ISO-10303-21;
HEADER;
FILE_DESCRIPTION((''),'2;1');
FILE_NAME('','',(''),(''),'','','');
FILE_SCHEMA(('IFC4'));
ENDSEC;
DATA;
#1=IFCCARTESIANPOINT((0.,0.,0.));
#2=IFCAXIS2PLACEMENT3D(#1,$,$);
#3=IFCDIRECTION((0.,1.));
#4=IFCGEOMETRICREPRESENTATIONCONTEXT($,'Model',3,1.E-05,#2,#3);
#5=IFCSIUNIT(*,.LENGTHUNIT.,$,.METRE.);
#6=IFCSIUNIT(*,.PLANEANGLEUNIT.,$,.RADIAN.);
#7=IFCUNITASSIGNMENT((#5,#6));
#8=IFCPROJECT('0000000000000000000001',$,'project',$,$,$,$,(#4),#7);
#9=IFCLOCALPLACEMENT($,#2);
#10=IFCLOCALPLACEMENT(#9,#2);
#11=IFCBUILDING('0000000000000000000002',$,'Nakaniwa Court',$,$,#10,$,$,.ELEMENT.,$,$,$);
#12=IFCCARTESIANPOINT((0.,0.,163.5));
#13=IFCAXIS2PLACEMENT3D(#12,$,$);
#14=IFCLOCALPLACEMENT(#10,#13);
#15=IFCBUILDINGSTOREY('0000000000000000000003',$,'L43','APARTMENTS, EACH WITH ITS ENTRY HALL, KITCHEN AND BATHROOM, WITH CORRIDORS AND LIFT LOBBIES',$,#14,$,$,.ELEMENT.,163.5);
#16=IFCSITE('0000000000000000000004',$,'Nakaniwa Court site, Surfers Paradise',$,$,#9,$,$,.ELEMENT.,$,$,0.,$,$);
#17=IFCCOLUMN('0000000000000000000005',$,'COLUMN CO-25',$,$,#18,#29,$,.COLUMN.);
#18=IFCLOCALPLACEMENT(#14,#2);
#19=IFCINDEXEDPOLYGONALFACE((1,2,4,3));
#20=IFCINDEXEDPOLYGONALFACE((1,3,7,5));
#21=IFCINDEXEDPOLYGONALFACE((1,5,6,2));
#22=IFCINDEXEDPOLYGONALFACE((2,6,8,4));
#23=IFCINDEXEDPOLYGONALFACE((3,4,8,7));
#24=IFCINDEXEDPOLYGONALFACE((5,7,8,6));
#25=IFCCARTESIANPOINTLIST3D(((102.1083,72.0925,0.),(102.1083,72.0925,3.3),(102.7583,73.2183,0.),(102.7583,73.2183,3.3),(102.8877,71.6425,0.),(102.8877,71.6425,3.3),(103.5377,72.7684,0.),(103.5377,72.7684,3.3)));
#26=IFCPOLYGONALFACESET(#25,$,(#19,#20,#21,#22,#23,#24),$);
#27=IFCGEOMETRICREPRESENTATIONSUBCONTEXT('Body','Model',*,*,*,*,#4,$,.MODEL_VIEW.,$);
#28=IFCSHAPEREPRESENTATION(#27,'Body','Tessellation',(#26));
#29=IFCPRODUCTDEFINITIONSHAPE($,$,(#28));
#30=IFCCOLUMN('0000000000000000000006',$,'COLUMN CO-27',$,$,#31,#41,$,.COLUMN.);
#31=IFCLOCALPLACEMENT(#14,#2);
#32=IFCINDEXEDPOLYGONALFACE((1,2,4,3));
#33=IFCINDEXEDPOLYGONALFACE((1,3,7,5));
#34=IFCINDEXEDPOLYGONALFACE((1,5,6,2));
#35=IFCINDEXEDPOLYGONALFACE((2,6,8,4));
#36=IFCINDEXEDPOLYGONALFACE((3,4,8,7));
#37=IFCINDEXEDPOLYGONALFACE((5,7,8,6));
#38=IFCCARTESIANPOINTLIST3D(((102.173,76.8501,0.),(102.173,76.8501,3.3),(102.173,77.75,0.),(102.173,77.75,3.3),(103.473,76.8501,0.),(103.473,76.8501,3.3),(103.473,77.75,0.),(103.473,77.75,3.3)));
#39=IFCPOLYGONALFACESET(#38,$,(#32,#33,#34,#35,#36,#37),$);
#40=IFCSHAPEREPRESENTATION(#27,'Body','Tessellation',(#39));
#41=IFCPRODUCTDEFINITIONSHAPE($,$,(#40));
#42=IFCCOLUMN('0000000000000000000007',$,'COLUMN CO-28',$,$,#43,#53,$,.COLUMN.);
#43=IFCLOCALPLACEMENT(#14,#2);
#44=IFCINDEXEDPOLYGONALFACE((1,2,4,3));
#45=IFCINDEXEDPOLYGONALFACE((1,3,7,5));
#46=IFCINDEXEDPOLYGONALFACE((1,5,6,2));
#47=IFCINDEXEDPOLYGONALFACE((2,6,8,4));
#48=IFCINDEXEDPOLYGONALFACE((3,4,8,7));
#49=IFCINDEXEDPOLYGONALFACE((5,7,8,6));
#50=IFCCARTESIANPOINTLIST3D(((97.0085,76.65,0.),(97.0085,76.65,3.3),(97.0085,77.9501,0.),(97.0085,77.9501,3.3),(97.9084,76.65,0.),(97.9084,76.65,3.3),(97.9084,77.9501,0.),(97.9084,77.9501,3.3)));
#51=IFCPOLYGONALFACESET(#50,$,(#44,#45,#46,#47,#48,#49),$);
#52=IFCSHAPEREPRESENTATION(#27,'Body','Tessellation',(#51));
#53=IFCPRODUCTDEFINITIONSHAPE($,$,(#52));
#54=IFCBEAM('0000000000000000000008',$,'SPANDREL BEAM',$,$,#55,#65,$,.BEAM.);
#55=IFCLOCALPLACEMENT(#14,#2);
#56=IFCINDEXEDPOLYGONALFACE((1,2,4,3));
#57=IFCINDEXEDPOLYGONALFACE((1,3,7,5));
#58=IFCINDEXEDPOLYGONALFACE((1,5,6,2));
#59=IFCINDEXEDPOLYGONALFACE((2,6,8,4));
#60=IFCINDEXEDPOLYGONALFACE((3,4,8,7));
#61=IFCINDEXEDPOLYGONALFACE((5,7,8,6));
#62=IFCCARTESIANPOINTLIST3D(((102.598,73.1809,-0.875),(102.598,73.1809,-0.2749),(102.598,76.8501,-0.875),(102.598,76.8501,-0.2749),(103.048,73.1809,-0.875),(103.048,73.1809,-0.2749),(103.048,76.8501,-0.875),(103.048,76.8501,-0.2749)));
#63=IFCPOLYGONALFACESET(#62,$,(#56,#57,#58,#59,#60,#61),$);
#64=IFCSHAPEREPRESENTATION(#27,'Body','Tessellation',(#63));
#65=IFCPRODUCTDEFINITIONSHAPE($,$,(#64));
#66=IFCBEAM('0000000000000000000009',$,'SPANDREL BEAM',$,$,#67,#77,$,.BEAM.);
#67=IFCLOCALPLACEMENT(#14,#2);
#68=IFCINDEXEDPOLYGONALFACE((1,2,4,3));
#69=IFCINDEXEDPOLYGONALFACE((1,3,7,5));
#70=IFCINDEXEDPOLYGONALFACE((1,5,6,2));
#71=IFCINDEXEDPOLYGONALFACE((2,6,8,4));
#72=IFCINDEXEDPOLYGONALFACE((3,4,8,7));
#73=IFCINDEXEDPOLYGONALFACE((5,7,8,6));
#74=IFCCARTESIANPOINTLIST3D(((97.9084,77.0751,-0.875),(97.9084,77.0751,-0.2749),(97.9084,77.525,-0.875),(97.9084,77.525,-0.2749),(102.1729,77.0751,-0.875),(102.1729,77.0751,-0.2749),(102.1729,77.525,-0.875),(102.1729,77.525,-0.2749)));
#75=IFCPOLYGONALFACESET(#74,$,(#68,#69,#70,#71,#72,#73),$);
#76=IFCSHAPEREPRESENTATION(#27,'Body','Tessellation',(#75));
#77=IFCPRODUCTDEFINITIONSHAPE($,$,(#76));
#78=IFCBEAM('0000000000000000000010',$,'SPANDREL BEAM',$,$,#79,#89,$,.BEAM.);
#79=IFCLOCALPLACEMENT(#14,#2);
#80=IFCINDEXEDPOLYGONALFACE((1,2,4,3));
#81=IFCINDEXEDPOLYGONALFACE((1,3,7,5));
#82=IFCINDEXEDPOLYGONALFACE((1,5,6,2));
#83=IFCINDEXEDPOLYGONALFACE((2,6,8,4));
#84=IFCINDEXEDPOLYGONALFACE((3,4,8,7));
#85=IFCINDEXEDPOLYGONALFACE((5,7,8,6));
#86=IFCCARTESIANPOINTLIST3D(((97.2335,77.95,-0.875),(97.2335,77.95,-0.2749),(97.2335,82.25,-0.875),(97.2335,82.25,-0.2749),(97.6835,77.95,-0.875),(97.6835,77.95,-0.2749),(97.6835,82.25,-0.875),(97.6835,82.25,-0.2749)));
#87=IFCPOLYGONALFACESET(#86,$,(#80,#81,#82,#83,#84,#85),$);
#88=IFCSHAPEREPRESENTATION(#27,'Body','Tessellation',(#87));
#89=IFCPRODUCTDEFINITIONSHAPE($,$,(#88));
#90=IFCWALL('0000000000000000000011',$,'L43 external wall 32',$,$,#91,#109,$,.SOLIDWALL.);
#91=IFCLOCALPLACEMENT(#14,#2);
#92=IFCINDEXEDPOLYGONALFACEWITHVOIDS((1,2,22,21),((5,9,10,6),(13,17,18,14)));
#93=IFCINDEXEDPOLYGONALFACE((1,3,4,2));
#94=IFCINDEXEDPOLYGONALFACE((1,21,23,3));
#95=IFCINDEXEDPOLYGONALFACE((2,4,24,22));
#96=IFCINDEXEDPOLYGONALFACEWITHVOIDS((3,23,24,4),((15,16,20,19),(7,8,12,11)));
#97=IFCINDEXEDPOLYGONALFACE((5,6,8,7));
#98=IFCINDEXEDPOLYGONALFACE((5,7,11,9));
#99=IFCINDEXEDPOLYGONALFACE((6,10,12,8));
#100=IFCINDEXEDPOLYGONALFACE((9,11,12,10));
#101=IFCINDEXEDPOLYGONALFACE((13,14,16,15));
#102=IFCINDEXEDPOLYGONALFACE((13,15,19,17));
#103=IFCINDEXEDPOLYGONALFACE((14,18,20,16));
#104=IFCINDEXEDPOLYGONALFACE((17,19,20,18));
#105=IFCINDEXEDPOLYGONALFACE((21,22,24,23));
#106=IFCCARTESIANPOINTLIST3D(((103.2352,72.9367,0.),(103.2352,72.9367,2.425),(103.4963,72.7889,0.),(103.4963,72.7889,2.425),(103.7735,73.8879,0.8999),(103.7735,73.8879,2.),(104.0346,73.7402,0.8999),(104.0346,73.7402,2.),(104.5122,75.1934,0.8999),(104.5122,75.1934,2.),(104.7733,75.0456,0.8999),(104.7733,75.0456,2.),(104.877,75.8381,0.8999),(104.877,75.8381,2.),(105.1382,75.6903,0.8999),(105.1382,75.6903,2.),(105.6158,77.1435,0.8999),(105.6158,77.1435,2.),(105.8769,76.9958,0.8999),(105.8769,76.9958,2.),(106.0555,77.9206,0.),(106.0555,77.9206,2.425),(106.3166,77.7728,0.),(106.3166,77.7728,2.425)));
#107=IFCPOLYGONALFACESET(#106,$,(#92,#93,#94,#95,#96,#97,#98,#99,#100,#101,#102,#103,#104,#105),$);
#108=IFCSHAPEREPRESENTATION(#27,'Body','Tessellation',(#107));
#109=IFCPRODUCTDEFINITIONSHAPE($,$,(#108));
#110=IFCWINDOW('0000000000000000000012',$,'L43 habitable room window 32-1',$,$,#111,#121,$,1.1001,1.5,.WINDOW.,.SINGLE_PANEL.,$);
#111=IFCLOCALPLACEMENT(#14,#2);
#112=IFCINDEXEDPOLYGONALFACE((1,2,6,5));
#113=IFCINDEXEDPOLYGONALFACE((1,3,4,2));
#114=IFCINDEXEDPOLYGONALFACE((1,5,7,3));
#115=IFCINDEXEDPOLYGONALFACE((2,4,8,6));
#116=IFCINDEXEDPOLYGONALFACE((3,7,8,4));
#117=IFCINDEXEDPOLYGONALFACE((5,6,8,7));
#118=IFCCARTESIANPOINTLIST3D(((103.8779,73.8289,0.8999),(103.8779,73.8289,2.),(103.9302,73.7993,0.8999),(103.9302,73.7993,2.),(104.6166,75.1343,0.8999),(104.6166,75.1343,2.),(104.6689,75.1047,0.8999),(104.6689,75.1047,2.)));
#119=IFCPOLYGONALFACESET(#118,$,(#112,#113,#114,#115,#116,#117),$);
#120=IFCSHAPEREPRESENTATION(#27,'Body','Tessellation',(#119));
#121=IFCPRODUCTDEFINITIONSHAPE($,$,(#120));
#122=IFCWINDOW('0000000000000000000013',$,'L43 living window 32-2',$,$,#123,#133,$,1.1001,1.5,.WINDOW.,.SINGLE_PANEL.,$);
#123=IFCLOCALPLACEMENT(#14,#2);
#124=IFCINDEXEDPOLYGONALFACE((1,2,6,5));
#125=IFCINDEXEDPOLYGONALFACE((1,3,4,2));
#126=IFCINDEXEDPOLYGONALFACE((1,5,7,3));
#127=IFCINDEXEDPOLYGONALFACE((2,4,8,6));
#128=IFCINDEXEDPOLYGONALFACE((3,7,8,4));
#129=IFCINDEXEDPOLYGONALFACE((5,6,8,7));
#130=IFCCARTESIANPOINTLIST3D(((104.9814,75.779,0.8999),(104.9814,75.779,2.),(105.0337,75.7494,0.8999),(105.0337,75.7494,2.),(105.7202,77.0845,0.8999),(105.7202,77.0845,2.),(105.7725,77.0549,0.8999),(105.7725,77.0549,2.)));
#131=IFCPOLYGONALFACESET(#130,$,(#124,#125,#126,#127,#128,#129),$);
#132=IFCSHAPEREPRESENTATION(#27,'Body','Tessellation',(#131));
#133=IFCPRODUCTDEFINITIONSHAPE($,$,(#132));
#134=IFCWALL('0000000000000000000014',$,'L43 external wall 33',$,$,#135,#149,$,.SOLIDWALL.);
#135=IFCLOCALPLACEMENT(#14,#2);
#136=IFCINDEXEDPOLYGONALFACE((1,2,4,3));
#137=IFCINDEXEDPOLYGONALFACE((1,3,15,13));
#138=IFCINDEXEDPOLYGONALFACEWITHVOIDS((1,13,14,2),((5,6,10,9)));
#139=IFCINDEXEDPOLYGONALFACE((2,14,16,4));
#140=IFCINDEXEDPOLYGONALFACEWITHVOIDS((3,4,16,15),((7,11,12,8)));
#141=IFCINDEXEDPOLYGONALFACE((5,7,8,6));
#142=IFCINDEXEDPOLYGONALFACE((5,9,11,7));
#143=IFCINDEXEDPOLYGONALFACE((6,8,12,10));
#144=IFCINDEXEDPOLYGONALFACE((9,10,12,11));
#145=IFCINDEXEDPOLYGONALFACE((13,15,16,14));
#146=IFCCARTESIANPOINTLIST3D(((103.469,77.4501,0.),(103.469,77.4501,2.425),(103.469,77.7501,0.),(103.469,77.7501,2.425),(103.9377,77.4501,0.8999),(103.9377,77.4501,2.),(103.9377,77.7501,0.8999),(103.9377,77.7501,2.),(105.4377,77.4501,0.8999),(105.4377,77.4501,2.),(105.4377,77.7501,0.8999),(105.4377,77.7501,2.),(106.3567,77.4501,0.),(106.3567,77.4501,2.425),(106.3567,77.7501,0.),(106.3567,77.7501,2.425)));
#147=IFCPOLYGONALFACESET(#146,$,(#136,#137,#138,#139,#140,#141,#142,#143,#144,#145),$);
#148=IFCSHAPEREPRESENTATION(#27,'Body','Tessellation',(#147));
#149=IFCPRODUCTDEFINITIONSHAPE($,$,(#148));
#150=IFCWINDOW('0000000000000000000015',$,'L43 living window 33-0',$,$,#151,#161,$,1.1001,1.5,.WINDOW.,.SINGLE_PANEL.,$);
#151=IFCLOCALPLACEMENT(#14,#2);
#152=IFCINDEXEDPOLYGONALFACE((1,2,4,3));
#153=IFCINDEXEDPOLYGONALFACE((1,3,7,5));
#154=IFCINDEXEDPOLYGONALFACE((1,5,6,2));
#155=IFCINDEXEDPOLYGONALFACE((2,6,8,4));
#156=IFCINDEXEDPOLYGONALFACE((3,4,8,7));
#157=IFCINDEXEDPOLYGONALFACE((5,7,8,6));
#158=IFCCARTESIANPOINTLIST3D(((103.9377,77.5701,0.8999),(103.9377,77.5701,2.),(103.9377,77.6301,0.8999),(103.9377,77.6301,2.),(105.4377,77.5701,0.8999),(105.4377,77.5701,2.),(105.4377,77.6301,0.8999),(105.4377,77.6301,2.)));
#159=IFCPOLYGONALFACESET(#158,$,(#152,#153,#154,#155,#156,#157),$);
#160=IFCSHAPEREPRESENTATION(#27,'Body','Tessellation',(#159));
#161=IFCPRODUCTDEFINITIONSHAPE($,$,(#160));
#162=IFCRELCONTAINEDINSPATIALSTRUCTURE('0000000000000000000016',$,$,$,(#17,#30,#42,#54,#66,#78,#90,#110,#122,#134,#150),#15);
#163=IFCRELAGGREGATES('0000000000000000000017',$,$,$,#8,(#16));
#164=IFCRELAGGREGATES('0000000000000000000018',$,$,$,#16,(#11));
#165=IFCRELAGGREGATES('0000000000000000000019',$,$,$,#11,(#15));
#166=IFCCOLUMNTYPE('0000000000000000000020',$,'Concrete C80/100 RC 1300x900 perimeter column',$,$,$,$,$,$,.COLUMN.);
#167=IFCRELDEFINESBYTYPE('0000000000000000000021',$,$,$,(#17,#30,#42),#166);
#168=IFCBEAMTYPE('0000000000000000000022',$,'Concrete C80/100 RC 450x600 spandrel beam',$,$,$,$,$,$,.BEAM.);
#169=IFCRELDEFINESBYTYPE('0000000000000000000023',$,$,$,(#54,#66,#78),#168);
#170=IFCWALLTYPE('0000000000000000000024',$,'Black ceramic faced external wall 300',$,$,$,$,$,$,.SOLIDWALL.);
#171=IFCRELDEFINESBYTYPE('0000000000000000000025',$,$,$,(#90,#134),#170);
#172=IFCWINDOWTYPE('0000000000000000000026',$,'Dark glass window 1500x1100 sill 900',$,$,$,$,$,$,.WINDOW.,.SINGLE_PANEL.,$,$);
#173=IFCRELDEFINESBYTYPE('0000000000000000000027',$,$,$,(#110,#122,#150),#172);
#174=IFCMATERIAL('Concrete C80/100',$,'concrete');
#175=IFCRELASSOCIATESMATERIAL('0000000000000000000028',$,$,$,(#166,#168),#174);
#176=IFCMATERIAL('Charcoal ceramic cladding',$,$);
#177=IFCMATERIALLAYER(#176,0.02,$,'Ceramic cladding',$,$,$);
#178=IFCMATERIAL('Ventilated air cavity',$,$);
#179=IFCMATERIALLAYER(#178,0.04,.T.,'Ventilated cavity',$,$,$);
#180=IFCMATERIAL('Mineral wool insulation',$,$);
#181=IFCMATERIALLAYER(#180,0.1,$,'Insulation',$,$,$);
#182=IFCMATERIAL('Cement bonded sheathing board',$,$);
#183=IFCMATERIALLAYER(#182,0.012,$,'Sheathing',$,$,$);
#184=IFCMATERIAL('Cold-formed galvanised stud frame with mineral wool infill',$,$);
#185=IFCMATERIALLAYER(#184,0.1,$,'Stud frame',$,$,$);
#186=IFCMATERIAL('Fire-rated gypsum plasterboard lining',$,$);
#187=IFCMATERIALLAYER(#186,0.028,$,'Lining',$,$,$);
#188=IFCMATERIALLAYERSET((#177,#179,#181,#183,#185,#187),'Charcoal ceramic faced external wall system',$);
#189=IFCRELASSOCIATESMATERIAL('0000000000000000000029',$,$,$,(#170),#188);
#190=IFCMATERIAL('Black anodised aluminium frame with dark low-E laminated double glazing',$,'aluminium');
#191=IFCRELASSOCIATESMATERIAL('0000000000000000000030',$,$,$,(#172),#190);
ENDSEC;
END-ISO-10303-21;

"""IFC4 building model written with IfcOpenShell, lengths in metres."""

from ifc_helpers import new_model, si_unit, direction, frame, frame_2d, origin, origin_2d, place, context, subcontext, project, spatial, rectangle, extrude, material, layer, layer_set, material_profile, profile_set, type_object, element, fill, save


model = new_model("IFC4")

# Units and contexts
model_context = context("Model", 3, precision=1e-05, world=origin(), true_north=direction((0.0, 1.0)))
body_context = subcontext(model_context, "Body", "Model", "MODEL_VIEW")
ifc_project = project(units=[si_unit("LENGTHUNIT", "METRE"), si_unit("PLANEANGLEUNIT", "RADIAN")], contexts=[model_context])

# Site, building, storey
site_placement = place(None, origin())
site = spatial("IfcSite", under=ifc_project, at=site_placement, Name="Nakaniwa Court site, Surfers Paradise", CompositionType="ELEMENT", RefElevation=0.0)
building_placement = place(site_placement, origin())
building = spatial("IfcBuilding", under=site, at=building_placement, Name="Nakaniwa Court", CompositionType="ELEMENT")
storey_placement = place(building_placement, frame((0.0, 0.0, 163.5)))
storey = spatial("IfcBuildingStorey", under=building, at=storey_placement, Name="L43", Description="APARTMENTS, EACH WITH ITS ENTRY HALL, KITCHEN AND BATHROOM, WITH CORRIDORS AND LIFT LOBBIES", CompositionType="ELEMENT", Elevation=163.5)

# Columns
ifc_material_1 = material(Name="Concrete C80/100", Category="concrete")
ifc_material_profile_1 = material_profile(ifc_material_1, rectangle(XDim=1.3, YDim=0.8999, at=origin_2d()), Name="Concrete C80/100 RC 1300x900 perimeter column")
ifc_profile_set_1 = profile_set([ifc_material_profile_1], Name="Concrete C80/100")
column_type = type_object("IfcColumnType", Name="Concrete C80/100 RC 1300x900 perimeter column", PredefinedType="COLUMN", material=ifc_profile_set_1)
for number, where, z_axis, x_axis, name in (
    (1, (102.823, 72.4304, 0.0), (0.0, 0.0, 1.0), (0.5, 0.866025, 0.0), "COLUMN CO-25"),
    (2, (102.823, 77.3, 0.0), (0.0, 0.0, 1.0), (-1.0, 0.0, 0.0), "COLUMN CO-27"),
    (3, (97.4585, 77.3, 0.0), (0.0, 0.0, 1.0), (0.0, 1.0, 0.0), "COLUMN CO-28"),
):
    element("IfcColumn", number, at=place(storey_placement, frame(where, z_axis=z_axis, x_axis=x_axis)), inside=storey, type_object=column_type, Name=name, PredefinedType="COLUMN", context=body_context, shape_type="SweptSolid", body=[
        extrude(rectangle(XDim=1.3, YDim=0.8999, at=origin_2d()), origin(), (0.0, 0.0, 1.0), 3.3),
    ])

# Beams
ifc_material_profile_2 = material_profile(ifc_material_1, rectangle(XDim=0.45, YDim=0.6001, at=origin_2d()), Name="Concrete C80/100 RC 450x600 spandrel beam")
ifc_profile_set_2 = profile_set([ifc_material_profile_2], Name="Concrete C80/100")
beam_type = type_object("IfcBeamType", Name="Concrete C80/100 RC 450x600 spandrel beam", PredefinedType="BEAM", material=ifc_profile_set_2)
beam_1_placement = place(storey_placement, frame((102.823, 73.1809, -0.575), z_axis=(0.0, 1.0, 0.0), x_axis=(-1.0, 0.0, 0.0)))
element("IfcBeam", 4, at=beam_1_placement, inside=storey, type_object=beam_type, Name="SPANDREL BEAM", PredefinedType="BEAM", context=body_context, shape_type="SweptSolid", body=[
    extrude(rectangle(XDim=0.45, YDim=0.6001, at=origin_2d()), origin(), (0.0, 0.0, 1.0), 3.6692),
])
beam_2_placement = place(storey_placement, frame((102.1729, 77.3, -0.575), z_axis=(-1.0, 0.0, 0.0), x_axis=(0.0, -1.0, 0.0)))
element("IfcBeam", 5, at=beam_2_placement, inside=storey, type_object=beam_type, Name="SPANDREL BEAM", PredefinedType="BEAM", context=body_context, shape_type="SweptSolid", body=[
    extrude(rectangle(XDim=0.45, YDim=0.6001, at=origin_2d()), origin(), (0.0, 0.0, 1.0), 4.2644),
])
beam_3_placement = place(storey_placement, frame((97.4585, 77.95, -0.575), z_axis=(0.0, 1.0, 0.0), x_axis=(-1.0, 0.0, 0.0)))
element("IfcBeam", 6, at=beam_3_placement, inside=storey, type_object=beam_type, Name="SPANDREL BEAM", PredefinedType="BEAM", context=body_context, shape_type="SweptSolid", body=[
    extrude(rectangle(XDim=0.45, YDim=0.6001, at=origin_2d()), origin(), (0.0, 0.0, 1.0), 4.3),
])

# Wall, openings, windows
ifc_material_2 = material(Name="Charcoal ceramic cladding")
ifc_layer_1 = layer(ifc_material_2, 0.02, Name="Ceramic cladding")
ifc_material_3 = material(Name="Ventilated air cavity")
ifc_layer_2 = layer(ifc_material_3, 0.04, ventilated=True, Name="Ventilated cavity")
ifc_material_4 = material(Name="Mineral wool insulation")
ifc_layer_3 = layer(ifc_material_4, 0.1, Name="Insulation")
ifc_material_5 = material(Name="Cement bonded sheathing board")
ifc_layer_4 = layer(ifc_material_5, 0.012, Name="Sheathing")
ifc_material_6 = material(Name="Cold-formed galvanised stud frame with mineral wool infill")
ifc_layer_5 = layer(ifc_material_6, 0.1, Name="Stud frame")
ifc_material_7 = material(Name="Fire-rated gypsum plasterboard lining")
ifc_layer_6 = layer(ifc_material_7, 0.028, Name="Lining")
ifc_layer_set = layer_set([ifc_layer_1, ifc_layer_2, ifc_layer_3, ifc_layer_4, ifc_layer_5, ifc_layer_6], Name="Charcoal ceramic faced external wall system")
wall_type = type_object("IfcWallType", Name="Black ceramic faced external wall 300", PredefinedType="SOLIDWALL", material=ifc_layer_set)
wall_1_placement = place(storey_placement, frame((103.3657, 72.8628, 0.0), z_axis=(0.0, 0.0, 1.0), x_axis=(0.492498, 0.870313, 0.0)))
wall_1 = element("IfcWall", 7, at=wall_1_placement, inside=storey, type_object=wall_type, Name="L43 external wall 32", PredefinedType="SOLIDWALL", context=body_context, shape_type="SweptSolid", body=[
    extrude(rectangle(XDim=5.7266, YDim=0.3, at=frame_2d((2.8633, 0.0))), origin(), (0.0, 0.0, 1.0), 2.425),
])
opening_1_placement = place(wall_1_placement, frame((1.093, 0.0, 0.8999)))
opening_1 = element("IfcOpeningElement", 8, at=opening_1_placement, cuts=wall_1, PredefinedType="OPENING", context=body_context, shape_type="SweptSolid", body=[
    extrude(rectangle(XDim=1.5, YDim=1.1001, at=frame_2d((0.75, 0.55))), frame((0.0, 0.1599, 0.0), z_axis=(0.0, -1.0, 0.0), x_axis=(1.0, 0.0, 0.0)), (0.0, 0.0, 1.0), 0.3201),
])
opening_2_placement = place(wall_1_placement, frame((3.3337, 0.0, 0.8999)))
opening_2 = element("IfcOpeningElement", 9, at=opening_2_placement, cuts=wall_1, PredefinedType="OPENING", context=body_context, shape_type="SweptSolid", body=[
    extrude(rectangle(XDim=1.5, YDim=1.1001, at=frame_2d((0.75, 0.55))), frame((0.0, 0.1599, 0.0), z_axis=(0.0, -1.0, 0.0), x_axis=(1.0, 0.0, 0.0)), (0.0, 0.0, 1.0), 0.3201),
])
ifc_material_8 = material(Name="Black anodised aluminium frame with dark low-E laminated double glazing", Category="aluminium")
window_type_1 = type_object("IfcWindowType", Name="Dark glass window 1500x1100 sill 900", PartitioningType="SINGLE_PANEL", PredefinedType="WINDOW", material=ifc_material_8)
window_1_placement = place(opening_1_placement, origin())
window_1 = element("IfcWindow", 10, at=window_1_placement, inside=storey, type_object=window_type_1, Name="L43 habitable room window 32-1", OverallHeight=1.1001, OverallWidth=1.5, PartitioningType="SINGLE_PANEL", PredefinedType="WINDOW", context=body_context, shape_type="SweptSolid", body=[
    extrude(rectangle(XDim=1.5, YDim=1.1001, at=frame_2d((0.75, 0.55))), frame((0.0, 0.03, 0.0), z_axis=(0.0, -1.0, 0.0), x_axis=(1.0, 0.0, 0.0)), (0.0, 0.0, 1.0), 0.0601),
])
fill(opening_1, window_1)
window_2_placement = place(opening_2_placement, origin())
window_2 = element("IfcWindow", 11, at=window_2_placement, inside=storey, type_object=window_type_1, Name="L43 living window 32-2", OverallHeight=1.1001, OverallWidth=1.5, PartitioningType="SINGLE_PANEL", PredefinedType="WINDOW", context=body_context, shape_type="SweptSolid", body=[
    extrude(rectangle(XDim=1.5, YDim=1.1001, at=frame_2d((0.75, 0.55))), frame((0.0, 0.03, 0.0), z_axis=(0.0, -1.0, 0.0), x_axis=(1.0, 0.0, 0.0)), (0.0, 0.0, 1.0), 0.0601),
])
fill(opening_2, window_2)

# Wall, opening, window
wall_2_placement = place(storey_placement, frame((106.3567, 77.6001, 0.0), z_axis=(0.0, 0.0, 1.0), x_axis=(-1.0, 0.0, 0.0)))
wall_2 = element("IfcWall", 12, at=wall_2_placement, inside=storey, type_object=wall_type, Name="L43 external wall 33", PredefinedType="SOLIDWALL", context=body_context, shape_type="SweptSolid", body=[
    extrude(rectangle(XDim=2.8877, YDim=0.3, at=frame_2d((1.4438, 0.0))), origin(), (0.0, 0.0, 1.0), 2.425),
])
opening_3_placement = place(wall_2_placement, frame((0.9189, 0.0, 0.8999)))
opening_3 = element("IfcOpeningElement", 13, at=opening_3_placement, cuts=wall_2, PredefinedType="OPENING", context=body_context, shape_type="SweptSolid", body=[
    extrude(rectangle(XDim=1.5, YDim=1.1001, at=frame_2d((0.75, 0.55))), frame((0.0, 0.1599, 0.0), z_axis=(0.0, -1.0, 0.0), x_axis=(1.0, 0.0, 0.0)), (0.0, 0.0, 1.0), 0.3201),
])
window_3_placement = place(opening_3_placement, origin())
window_3 = element("IfcWindow", 14, at=window_3_placement, inside=storey, type_object=window_type_1, Name="L43 living window 33-0", OverallHeight=1.1001, OverallWidth=1.5, PartitioningType="SINGLE_PANEL", PredefinedType="WINDOW", context=body_context, shape_type="SweptSolid", body=[
    extrude(rectangle(XDim=1.5, YDim=1.1001, at=frame_2d((0.75, 0.55))), frame((0.0, 0.03, 0.0), z_axis=(0.0, -1.0, 0.0), x_axis=(1.0, 0.0, 0.0)), (0.0, 0.0, 1.0), 0.0601),
])
fill(opening_3, window_3)

save(model, "model.ifc")
